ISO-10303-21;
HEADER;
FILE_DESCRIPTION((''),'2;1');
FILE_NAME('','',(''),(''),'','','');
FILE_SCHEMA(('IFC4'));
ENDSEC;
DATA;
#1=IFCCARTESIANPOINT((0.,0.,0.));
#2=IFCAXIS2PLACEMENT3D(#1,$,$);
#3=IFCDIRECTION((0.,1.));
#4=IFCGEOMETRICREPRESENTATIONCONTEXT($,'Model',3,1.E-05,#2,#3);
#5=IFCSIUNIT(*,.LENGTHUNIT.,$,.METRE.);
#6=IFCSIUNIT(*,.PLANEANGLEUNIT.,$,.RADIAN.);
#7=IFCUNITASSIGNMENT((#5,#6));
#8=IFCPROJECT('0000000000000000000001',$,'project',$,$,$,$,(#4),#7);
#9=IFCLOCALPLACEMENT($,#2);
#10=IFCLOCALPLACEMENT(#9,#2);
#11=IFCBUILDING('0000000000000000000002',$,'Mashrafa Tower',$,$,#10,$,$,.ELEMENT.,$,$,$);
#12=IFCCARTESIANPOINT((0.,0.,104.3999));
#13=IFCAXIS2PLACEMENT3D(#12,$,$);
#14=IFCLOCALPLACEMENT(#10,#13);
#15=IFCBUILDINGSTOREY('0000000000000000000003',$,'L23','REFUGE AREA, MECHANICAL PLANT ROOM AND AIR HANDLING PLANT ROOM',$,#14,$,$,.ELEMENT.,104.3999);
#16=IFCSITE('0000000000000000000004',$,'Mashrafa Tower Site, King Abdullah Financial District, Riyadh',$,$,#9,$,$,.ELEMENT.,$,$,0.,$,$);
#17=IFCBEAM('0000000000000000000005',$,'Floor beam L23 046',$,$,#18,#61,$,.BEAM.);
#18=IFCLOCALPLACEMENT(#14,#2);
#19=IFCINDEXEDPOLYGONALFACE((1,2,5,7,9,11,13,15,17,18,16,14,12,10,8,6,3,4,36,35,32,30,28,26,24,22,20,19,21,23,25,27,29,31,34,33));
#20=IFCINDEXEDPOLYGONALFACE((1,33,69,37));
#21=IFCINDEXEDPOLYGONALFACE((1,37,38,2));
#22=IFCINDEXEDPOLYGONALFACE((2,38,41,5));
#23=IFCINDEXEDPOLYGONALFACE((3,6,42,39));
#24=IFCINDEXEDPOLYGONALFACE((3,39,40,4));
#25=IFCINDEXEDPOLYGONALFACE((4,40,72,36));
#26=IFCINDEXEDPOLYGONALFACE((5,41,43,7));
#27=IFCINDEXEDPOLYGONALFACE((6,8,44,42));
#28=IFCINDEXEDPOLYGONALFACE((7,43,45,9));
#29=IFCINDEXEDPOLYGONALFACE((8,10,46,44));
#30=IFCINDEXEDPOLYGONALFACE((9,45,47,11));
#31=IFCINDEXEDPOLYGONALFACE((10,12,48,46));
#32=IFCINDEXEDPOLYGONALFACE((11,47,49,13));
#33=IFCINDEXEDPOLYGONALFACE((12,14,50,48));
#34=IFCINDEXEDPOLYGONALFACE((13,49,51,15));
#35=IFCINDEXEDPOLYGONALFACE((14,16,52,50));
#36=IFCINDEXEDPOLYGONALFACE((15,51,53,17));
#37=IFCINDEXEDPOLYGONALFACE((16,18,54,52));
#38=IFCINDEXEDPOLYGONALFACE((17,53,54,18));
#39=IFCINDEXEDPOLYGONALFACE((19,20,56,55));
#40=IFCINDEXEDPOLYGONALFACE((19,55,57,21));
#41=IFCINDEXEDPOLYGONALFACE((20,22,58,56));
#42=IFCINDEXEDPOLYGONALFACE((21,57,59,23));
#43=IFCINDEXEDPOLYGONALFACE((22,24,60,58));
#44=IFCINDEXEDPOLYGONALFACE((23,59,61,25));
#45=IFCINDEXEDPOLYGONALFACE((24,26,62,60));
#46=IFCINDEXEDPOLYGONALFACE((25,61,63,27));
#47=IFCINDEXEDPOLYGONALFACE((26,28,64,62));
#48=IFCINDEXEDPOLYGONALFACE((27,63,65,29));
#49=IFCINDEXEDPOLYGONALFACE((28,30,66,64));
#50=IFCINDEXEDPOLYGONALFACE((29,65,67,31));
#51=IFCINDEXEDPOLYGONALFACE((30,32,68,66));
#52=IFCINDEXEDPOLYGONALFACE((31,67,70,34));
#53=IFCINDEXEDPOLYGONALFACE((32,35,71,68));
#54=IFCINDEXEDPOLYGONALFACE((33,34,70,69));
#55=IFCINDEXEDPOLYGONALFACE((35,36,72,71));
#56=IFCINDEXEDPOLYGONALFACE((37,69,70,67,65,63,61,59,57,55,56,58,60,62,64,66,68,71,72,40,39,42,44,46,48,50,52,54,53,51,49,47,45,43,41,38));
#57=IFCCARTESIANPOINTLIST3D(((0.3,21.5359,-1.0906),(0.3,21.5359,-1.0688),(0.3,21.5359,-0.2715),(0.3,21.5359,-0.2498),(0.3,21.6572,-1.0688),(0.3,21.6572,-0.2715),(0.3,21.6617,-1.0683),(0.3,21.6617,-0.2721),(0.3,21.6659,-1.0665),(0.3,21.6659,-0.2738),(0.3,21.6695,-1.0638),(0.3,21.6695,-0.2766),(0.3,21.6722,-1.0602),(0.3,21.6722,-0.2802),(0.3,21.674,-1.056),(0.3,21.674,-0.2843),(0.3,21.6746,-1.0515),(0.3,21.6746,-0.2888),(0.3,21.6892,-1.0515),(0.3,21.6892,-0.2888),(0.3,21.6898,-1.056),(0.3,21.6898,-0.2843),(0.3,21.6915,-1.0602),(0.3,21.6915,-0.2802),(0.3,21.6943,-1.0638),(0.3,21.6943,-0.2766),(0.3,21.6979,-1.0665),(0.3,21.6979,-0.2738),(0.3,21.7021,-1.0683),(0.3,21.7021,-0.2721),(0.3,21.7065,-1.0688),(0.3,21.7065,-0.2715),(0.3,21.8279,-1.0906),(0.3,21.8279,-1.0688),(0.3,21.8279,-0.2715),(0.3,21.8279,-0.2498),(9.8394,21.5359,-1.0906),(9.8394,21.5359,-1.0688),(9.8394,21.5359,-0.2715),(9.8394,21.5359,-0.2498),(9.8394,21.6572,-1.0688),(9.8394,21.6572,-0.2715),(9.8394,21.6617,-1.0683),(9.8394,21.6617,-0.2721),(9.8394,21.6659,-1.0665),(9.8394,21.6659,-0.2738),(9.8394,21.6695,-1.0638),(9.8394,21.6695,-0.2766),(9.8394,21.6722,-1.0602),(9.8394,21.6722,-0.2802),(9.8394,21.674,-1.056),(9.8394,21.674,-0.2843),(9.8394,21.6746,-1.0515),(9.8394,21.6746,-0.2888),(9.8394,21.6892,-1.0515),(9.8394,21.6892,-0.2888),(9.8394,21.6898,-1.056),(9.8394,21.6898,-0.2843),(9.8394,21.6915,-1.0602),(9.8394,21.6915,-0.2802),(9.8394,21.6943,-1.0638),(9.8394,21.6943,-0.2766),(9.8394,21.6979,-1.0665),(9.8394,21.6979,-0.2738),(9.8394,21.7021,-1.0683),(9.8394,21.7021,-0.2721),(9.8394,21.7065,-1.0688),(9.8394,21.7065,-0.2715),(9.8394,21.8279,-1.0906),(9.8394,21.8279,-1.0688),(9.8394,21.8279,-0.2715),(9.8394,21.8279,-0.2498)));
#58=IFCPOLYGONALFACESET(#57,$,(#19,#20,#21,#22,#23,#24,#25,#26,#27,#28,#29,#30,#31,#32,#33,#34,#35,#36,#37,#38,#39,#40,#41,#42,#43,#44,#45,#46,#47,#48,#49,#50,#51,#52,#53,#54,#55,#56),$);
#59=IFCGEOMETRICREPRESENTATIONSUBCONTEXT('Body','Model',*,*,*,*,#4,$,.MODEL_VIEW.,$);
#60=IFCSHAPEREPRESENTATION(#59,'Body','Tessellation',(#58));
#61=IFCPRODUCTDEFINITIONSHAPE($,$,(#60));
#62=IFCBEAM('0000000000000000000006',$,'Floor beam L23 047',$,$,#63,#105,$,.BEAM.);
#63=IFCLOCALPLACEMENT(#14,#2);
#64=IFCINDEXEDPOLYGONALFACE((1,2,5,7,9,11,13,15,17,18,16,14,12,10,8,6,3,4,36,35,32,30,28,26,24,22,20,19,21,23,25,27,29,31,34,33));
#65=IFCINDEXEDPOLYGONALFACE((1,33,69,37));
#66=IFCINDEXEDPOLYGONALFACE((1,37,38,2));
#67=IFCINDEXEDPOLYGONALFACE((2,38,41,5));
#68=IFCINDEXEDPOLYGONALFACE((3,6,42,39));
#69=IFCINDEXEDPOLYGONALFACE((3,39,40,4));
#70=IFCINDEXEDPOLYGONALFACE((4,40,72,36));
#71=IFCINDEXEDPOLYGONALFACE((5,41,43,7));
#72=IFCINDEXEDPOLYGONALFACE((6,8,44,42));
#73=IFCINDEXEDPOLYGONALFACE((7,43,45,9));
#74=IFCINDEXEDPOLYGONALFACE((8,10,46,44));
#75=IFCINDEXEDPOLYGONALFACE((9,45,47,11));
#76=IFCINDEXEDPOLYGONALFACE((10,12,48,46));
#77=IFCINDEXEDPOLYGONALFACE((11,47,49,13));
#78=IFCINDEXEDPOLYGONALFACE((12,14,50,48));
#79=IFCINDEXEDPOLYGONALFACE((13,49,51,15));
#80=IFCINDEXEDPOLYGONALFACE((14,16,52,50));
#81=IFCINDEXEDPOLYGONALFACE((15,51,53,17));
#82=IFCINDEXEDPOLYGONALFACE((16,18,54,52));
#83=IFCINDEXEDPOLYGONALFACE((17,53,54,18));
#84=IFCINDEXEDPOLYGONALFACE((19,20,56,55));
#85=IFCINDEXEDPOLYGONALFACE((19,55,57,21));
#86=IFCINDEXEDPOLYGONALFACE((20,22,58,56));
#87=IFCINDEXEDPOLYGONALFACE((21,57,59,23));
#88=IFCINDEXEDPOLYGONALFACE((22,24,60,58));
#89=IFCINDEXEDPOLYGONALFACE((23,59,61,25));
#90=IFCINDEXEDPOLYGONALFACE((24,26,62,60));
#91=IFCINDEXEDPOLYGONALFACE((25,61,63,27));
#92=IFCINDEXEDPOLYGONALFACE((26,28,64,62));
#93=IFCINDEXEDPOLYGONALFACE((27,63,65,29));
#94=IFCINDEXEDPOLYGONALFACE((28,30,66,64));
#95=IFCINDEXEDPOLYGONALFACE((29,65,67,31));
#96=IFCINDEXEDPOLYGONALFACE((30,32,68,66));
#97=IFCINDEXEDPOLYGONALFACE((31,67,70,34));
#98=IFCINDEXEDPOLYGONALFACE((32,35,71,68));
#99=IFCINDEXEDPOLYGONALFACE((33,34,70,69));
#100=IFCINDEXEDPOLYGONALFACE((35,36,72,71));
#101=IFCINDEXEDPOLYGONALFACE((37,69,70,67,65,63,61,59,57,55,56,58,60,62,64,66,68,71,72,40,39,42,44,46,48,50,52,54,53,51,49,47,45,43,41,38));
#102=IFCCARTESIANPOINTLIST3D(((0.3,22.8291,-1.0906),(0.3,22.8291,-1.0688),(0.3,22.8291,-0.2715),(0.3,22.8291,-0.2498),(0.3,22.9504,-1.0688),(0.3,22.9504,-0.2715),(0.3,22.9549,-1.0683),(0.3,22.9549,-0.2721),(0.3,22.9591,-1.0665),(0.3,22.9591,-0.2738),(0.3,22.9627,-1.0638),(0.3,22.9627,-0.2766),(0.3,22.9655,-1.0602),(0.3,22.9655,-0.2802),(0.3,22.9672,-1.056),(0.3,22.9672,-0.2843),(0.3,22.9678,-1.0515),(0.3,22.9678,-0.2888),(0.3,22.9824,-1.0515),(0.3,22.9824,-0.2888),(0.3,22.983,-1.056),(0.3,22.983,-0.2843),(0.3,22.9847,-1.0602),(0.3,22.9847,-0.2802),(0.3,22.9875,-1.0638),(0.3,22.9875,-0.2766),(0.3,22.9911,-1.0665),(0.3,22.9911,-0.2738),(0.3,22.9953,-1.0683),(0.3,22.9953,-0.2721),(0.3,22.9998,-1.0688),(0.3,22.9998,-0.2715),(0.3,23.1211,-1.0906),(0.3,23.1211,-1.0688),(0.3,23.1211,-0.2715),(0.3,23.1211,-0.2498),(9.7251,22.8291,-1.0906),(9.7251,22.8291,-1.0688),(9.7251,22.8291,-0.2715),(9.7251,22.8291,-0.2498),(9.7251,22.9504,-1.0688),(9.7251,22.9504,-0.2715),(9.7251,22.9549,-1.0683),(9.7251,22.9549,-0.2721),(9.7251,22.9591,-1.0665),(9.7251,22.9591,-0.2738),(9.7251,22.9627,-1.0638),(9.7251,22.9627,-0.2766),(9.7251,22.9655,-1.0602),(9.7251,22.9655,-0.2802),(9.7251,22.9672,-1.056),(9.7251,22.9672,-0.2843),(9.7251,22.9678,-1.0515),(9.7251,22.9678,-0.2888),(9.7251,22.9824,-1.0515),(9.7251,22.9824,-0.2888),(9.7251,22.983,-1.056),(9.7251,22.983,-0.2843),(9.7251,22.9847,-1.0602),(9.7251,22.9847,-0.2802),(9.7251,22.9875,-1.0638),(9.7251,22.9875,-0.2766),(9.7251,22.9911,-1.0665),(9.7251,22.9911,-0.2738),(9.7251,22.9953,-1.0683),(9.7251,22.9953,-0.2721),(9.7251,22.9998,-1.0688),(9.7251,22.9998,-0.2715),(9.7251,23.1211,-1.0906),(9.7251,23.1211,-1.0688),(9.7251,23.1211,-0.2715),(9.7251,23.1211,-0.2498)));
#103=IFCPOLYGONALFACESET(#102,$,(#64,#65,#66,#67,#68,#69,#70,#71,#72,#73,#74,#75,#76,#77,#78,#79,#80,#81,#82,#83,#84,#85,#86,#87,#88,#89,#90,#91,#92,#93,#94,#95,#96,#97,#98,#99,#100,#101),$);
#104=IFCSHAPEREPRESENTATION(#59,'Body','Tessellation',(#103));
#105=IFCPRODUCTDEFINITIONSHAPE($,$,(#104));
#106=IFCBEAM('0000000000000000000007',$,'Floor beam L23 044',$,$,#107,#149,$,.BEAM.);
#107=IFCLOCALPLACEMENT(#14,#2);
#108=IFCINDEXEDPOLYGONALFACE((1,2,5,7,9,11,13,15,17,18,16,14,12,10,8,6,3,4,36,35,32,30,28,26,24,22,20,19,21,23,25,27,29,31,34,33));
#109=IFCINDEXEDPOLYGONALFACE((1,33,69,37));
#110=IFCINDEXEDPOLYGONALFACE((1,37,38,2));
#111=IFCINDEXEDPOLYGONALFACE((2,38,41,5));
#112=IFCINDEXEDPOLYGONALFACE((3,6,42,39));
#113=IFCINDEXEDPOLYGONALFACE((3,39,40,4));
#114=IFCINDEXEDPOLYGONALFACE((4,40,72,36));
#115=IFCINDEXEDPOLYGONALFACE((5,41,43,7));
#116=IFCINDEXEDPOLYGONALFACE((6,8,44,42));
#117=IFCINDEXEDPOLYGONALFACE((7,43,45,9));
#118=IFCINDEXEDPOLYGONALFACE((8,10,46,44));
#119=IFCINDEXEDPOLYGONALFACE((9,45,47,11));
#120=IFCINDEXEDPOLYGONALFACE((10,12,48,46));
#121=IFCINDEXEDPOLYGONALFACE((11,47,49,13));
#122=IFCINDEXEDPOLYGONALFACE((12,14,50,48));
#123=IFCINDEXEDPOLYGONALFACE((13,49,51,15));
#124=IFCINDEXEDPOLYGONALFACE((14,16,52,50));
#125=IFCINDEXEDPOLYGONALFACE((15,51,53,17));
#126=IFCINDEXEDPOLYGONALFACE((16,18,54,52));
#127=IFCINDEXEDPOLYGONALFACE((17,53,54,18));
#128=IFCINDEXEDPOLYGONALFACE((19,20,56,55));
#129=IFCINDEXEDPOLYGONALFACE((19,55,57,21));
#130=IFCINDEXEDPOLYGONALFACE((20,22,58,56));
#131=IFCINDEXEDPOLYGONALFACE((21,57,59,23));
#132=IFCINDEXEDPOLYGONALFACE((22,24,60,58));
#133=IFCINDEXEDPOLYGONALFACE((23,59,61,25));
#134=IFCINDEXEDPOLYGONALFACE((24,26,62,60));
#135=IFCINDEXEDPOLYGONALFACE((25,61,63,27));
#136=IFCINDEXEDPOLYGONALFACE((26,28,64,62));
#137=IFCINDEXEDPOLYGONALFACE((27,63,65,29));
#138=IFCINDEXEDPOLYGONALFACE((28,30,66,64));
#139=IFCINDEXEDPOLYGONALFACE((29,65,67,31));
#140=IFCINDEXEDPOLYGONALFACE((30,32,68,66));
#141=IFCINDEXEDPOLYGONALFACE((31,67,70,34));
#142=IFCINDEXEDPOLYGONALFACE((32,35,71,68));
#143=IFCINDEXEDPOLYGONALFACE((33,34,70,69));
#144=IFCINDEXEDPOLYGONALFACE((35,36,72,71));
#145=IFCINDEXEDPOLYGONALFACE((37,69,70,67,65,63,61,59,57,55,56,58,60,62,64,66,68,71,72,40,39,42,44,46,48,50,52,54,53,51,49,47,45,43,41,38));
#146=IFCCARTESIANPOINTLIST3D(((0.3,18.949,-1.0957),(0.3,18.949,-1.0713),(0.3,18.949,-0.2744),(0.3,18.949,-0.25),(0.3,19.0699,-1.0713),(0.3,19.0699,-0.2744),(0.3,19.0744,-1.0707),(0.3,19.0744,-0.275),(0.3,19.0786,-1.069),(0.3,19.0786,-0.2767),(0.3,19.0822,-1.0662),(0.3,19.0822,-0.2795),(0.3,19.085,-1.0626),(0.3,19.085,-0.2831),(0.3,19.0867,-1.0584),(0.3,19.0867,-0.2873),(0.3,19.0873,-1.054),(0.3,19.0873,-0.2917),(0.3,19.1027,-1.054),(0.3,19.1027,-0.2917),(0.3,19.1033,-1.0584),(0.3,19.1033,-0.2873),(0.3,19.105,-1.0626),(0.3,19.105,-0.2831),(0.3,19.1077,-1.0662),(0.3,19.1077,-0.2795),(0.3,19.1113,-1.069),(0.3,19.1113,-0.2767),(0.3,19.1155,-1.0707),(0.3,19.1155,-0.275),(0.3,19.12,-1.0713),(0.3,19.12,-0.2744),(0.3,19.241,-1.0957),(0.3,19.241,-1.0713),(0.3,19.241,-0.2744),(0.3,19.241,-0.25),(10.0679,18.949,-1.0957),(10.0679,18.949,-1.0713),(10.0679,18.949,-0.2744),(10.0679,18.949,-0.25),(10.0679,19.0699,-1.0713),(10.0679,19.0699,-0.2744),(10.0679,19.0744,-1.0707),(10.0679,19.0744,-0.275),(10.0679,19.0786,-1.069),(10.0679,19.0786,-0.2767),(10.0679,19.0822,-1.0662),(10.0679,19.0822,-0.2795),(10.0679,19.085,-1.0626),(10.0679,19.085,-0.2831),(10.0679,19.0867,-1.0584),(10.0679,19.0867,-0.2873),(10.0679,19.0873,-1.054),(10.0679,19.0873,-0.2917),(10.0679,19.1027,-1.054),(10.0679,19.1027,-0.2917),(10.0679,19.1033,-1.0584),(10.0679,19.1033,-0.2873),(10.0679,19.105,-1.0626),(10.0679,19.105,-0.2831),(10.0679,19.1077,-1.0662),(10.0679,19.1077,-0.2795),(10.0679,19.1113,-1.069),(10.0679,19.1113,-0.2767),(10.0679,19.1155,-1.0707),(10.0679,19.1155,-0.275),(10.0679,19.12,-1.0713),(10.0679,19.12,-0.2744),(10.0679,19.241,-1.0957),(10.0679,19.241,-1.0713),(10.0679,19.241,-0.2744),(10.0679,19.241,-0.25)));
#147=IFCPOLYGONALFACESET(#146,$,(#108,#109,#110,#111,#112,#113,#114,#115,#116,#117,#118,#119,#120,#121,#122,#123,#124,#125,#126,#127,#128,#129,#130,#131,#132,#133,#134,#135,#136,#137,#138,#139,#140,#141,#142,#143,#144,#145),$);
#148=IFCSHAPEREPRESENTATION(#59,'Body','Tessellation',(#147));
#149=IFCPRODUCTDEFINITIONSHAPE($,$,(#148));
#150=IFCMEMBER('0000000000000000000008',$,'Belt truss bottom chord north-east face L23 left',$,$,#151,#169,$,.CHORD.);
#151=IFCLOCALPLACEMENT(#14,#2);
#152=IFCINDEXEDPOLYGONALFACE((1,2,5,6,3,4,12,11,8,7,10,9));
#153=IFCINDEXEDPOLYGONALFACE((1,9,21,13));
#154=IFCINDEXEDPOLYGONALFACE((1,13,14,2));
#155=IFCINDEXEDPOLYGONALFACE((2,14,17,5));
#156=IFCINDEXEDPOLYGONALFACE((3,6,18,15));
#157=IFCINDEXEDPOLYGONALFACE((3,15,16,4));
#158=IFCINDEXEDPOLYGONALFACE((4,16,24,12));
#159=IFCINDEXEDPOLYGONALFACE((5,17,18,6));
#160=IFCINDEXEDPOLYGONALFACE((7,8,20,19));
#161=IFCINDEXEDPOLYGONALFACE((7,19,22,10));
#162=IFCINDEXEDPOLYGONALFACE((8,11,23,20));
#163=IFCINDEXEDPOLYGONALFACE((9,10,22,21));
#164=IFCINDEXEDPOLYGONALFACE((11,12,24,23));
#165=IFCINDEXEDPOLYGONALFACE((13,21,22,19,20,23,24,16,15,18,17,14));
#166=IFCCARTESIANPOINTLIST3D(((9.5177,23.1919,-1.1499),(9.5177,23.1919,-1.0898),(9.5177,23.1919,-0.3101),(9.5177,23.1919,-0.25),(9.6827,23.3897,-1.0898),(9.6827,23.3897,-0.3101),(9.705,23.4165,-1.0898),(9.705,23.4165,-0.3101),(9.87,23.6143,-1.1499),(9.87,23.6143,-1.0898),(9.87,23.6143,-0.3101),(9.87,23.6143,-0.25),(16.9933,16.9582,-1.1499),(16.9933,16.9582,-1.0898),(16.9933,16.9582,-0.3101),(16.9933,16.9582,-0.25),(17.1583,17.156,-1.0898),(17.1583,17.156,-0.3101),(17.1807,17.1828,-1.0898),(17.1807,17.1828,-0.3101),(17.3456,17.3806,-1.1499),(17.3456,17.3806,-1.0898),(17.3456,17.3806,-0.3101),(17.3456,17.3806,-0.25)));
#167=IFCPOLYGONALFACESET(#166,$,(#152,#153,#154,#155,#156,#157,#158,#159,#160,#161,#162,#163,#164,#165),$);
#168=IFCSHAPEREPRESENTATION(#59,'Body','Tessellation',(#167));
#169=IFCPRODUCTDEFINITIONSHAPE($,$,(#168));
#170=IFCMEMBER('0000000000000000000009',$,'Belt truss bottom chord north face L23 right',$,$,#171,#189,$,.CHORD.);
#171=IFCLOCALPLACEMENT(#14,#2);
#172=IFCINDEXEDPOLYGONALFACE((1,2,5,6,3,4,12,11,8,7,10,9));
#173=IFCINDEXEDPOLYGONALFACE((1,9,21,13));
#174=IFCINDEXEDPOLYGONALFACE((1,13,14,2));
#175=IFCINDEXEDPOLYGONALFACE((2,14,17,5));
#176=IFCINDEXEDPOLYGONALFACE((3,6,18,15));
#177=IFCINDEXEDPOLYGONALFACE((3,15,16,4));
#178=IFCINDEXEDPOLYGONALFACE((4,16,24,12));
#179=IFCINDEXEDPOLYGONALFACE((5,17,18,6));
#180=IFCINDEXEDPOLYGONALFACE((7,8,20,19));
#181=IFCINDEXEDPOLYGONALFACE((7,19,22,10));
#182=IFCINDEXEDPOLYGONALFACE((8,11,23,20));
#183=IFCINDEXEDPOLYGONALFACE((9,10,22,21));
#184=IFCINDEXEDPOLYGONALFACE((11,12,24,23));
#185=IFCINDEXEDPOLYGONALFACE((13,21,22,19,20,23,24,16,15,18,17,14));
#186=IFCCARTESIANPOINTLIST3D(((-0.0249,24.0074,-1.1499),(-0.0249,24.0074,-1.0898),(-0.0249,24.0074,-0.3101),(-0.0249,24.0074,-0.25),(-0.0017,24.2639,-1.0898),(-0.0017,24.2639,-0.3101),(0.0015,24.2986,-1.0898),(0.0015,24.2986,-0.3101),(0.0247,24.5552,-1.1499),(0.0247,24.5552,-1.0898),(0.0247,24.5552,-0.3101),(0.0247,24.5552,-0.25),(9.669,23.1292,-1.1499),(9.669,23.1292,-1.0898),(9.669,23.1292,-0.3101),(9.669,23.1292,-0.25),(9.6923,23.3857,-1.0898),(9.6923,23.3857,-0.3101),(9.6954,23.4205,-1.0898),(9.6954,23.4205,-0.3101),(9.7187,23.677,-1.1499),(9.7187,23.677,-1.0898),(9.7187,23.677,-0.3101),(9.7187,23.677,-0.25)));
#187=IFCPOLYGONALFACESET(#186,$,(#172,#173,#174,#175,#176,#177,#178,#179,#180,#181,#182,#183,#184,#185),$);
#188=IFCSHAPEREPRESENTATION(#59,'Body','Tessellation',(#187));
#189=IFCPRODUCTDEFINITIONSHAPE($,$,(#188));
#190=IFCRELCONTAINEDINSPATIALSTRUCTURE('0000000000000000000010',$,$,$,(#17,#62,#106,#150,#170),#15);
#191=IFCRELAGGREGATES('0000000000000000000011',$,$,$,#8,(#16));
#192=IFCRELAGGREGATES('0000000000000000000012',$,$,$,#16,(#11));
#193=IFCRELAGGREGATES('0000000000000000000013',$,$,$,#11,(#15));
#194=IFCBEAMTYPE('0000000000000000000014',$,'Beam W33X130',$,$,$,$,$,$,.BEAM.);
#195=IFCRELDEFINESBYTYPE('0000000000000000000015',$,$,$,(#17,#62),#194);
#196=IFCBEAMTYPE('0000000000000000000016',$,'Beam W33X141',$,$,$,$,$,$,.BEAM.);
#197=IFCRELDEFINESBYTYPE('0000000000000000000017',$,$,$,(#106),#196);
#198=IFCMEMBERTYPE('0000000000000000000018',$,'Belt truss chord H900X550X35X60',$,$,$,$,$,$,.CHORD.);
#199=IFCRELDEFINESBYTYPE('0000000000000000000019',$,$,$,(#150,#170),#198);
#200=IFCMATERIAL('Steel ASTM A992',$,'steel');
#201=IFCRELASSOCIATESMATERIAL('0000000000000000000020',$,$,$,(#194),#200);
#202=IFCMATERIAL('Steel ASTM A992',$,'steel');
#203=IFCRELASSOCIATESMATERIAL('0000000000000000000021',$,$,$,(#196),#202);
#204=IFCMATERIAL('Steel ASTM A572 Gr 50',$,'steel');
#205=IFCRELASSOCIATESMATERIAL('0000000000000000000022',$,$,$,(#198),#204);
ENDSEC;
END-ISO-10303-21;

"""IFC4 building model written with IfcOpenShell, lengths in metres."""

from ifc_helpers import new_model, si_unit, direction, frame, origin, origin_2d, place, context, subcontext, project, spatial, i_section, extrude, source, transform, mapped, material, material_profile, profile_set, type_object, type_shapes, element, save


model = new_model("IFC4")

# Units and contexts
model_context = context("Model", 3, precision=1e-05, world=origin(), true_north=direction((0.0, 1.0)))
body_context = subcontext(model_context, "Body", "Model", "MODEL_VIEW")
ifc_project = project(units=[si_unit("LENGTHUNIT", "METRE"), si_unit("PLANEANGLEUNIT", "RADIAN")], contexts=[model_context])

# Site, building, storey
site_placement = place(None, origin())
site = spatial("IfcSite", under=ifc_project, at=site_placement, Name="Mashrafa Tower Site, King Abdullah Financial District, Riyadh", CompositionType="ELEMENT", RefElevation=0.0)
building_placement = place(site_placement, origin())
building = spatial("IfcBuilding", under=site, at=building_placement, Name="Mashrafa Tower", CompositionType="ELEMENT")
storey_placement = place(building_placement, frame((0.0, 0.0, 104.3999)))
storey = spatial("IfcBuildingStorey", under=building, at=storey_placement, Name="L23", Description="REFUGE AREA, MECHANICAL PLANT ROOM AND AIR HANDLING PLANT ROOM", CompositionType="ELEMENT", Elevation=104.3999)

# Beams
ifc_material_1 = material(Name="Steel ASTM A992", Category="steel")
ifc_material_profile_1 = material_profile(ifc_material_1, i_section(OverallWidth=0.292, OverallDepth=0.8408, WebThickness=0.0146, FlangeThickness=0.0217, FilletRadius=0.0173, at=origin_2d()), Name="W33X130")
ifc_profile_set_1 = profile_set([ifc_material_profile_1], Name="Steel ASTM A992")
beam_type_1 = type_object("IfcBeamType", Name="Beam W33X130", PredefinedType="BEAM", material=ifc_profile_set_1)
beam_1_placement = place(storey_placement, frame((0.3, 21.6819, -0.6702), z_axis=(1.0, 0.0, 0.0), x_axis=(0.0, 1.0, 0.0)))
element("IfcBeam", 1, at=beam_1_placement, inside=storey, type_object=beam_type_1, Name="Floor beam L23 046", PredefinedType="BEAM", context=body_context, shape_type="SweptSolid", body=[
    extrude(i_section(OverallWidth=0.292, OverallDepth=0.8408, WebThickness=0.0146, FlangeThickness=0.0217, FilletRadius=0.0173, at=origin_2d()), origin(), (0.0, 0.0, 1.0), 9.5393),
])
beam_2_placement = place(storey_placement, frame((0.3, 22.9751, -0.6702), z_axis=(1.0, 0.0, 0.0), x_axis=(0.0, 1.0, 0.0)))
element("IfcBeam", 2, at=beam_2_placement, inside=storey, type_object=beam_type_1, Name="Floor beam L23 047", PredefinedType="BEAM", context=body_context, shape_type="SweptSolid", body=[
    extrude(i_section(OverallWidth=0.292, OverallDepth=0.8408, WebThickness=0.0146, FlangeThickness=0.0217, FilletRadius=0.0173, at=origin_2d()), origin(), (0.0, 0.0, 1.0), 9.425),
])
ifc_material_2 = material(Name="Steel ASTM A992", Category="steel")
ifc_material_profile_2 = material_profile(ifc_material_2, i_section(OverallWidth=0.292, OverallDepth=0.8457, WebThickness=0.0154, FlangeThickness=0.0244, FilletRadius=0.0173, at=origin_2d()), Name="W33X141")
ifc_profile_set_2 = profile_set([ifc_material_profile_2], Name="Steel ASTM A992")
beam_type_2 = type_object("IfcBeamType", Name="Beam W33X141", PredefinedType="BEAM", material=ifc_profile_set_2)
beam_3_placement = place(storey_placement, frame((0.3, 19.095, -0.6729), z_axis=(1.0, 0.0, 0.0), x_axis=(0.0, 1.0, 0.0)))
element("IfcBeam", 3, at=beam_3_placement, inside=storey, type_object=beam_type_2, Name="Floor beam L23 044", PredefinedType="BEAM", context=body_context, shape_type="SweptSolid", body=[
    extrude(i_section(OverallWidth=0.292, OverallDepth=0.8457, WebThickness=0.0154, FlangeThickness=0.0244, FilletRadius=0.0173, at=origin_2d()), origin(), (0.0, 0.0, 1.0), 9.7678),
])

# Members
ifc_material_3 = material(Name="Steel ASTM A572 Gr 50", Category="steel")
ifc_material_profile_3 = material_profile(ifc_material_3, i_section(OverallWidth=0.55, OverallDepth=0.8999, WebThickness=0.0349, FlangeThickness=0.0601, at=origin_2d()), Name="H900X550X35X60")
ifc_profile_set_3 = profile_set([ifc_material_profile_3], Name="Steel ASTM A572 Gr 50")
member_type_1 = type_object("IfcMemberType", Name="Belt truss chord H900X550X35X60", PredefinedType="CHORD", material=ifc_profile_set_3)
shared_shape_1 = source(origin(), body_context, "Body", "SweptSolid", [
    extrude(i_section(OverallWidth=0.55, OverallDepth=0.8999, WebThickness=0.0349, FlangeThickness=0.0601, at=origin_2d()), origin(), (0.0, 0.0, 1.0), 9.7336),
])
type_shapes(member_type_1, [shared_shape_1])
for number, where, z_axis, x_axis, name in (
    (4, (9.6938, 23.4031, -0.7), (0.76802, -0.640426, 0.0), (0.640426, 0.76802, 0.0), "Belt truss bottom chord north-east face L23 left"),
    (5, (9.6938, 23.4031, -0.7), (-0.995922, 0.090221, 0.0), (-0.090221, -0.995922, 0.0), "Belt truss bottom chord north face L23 right"),
):
    element("IfcMember", number, at=place(storey_placement, frame(where, z_axis=z_axis, x_axis=x_axis)), inside=storey, type_object=member_type_1, Name=name, PredefinedType="CHORD", context=body_context, shape_type="MappedRepresentation", body=[
        mapped(shared_shape_1, transform((0.0, 0.0, 0.0))),
    ])

save(model, "model.ifc")
